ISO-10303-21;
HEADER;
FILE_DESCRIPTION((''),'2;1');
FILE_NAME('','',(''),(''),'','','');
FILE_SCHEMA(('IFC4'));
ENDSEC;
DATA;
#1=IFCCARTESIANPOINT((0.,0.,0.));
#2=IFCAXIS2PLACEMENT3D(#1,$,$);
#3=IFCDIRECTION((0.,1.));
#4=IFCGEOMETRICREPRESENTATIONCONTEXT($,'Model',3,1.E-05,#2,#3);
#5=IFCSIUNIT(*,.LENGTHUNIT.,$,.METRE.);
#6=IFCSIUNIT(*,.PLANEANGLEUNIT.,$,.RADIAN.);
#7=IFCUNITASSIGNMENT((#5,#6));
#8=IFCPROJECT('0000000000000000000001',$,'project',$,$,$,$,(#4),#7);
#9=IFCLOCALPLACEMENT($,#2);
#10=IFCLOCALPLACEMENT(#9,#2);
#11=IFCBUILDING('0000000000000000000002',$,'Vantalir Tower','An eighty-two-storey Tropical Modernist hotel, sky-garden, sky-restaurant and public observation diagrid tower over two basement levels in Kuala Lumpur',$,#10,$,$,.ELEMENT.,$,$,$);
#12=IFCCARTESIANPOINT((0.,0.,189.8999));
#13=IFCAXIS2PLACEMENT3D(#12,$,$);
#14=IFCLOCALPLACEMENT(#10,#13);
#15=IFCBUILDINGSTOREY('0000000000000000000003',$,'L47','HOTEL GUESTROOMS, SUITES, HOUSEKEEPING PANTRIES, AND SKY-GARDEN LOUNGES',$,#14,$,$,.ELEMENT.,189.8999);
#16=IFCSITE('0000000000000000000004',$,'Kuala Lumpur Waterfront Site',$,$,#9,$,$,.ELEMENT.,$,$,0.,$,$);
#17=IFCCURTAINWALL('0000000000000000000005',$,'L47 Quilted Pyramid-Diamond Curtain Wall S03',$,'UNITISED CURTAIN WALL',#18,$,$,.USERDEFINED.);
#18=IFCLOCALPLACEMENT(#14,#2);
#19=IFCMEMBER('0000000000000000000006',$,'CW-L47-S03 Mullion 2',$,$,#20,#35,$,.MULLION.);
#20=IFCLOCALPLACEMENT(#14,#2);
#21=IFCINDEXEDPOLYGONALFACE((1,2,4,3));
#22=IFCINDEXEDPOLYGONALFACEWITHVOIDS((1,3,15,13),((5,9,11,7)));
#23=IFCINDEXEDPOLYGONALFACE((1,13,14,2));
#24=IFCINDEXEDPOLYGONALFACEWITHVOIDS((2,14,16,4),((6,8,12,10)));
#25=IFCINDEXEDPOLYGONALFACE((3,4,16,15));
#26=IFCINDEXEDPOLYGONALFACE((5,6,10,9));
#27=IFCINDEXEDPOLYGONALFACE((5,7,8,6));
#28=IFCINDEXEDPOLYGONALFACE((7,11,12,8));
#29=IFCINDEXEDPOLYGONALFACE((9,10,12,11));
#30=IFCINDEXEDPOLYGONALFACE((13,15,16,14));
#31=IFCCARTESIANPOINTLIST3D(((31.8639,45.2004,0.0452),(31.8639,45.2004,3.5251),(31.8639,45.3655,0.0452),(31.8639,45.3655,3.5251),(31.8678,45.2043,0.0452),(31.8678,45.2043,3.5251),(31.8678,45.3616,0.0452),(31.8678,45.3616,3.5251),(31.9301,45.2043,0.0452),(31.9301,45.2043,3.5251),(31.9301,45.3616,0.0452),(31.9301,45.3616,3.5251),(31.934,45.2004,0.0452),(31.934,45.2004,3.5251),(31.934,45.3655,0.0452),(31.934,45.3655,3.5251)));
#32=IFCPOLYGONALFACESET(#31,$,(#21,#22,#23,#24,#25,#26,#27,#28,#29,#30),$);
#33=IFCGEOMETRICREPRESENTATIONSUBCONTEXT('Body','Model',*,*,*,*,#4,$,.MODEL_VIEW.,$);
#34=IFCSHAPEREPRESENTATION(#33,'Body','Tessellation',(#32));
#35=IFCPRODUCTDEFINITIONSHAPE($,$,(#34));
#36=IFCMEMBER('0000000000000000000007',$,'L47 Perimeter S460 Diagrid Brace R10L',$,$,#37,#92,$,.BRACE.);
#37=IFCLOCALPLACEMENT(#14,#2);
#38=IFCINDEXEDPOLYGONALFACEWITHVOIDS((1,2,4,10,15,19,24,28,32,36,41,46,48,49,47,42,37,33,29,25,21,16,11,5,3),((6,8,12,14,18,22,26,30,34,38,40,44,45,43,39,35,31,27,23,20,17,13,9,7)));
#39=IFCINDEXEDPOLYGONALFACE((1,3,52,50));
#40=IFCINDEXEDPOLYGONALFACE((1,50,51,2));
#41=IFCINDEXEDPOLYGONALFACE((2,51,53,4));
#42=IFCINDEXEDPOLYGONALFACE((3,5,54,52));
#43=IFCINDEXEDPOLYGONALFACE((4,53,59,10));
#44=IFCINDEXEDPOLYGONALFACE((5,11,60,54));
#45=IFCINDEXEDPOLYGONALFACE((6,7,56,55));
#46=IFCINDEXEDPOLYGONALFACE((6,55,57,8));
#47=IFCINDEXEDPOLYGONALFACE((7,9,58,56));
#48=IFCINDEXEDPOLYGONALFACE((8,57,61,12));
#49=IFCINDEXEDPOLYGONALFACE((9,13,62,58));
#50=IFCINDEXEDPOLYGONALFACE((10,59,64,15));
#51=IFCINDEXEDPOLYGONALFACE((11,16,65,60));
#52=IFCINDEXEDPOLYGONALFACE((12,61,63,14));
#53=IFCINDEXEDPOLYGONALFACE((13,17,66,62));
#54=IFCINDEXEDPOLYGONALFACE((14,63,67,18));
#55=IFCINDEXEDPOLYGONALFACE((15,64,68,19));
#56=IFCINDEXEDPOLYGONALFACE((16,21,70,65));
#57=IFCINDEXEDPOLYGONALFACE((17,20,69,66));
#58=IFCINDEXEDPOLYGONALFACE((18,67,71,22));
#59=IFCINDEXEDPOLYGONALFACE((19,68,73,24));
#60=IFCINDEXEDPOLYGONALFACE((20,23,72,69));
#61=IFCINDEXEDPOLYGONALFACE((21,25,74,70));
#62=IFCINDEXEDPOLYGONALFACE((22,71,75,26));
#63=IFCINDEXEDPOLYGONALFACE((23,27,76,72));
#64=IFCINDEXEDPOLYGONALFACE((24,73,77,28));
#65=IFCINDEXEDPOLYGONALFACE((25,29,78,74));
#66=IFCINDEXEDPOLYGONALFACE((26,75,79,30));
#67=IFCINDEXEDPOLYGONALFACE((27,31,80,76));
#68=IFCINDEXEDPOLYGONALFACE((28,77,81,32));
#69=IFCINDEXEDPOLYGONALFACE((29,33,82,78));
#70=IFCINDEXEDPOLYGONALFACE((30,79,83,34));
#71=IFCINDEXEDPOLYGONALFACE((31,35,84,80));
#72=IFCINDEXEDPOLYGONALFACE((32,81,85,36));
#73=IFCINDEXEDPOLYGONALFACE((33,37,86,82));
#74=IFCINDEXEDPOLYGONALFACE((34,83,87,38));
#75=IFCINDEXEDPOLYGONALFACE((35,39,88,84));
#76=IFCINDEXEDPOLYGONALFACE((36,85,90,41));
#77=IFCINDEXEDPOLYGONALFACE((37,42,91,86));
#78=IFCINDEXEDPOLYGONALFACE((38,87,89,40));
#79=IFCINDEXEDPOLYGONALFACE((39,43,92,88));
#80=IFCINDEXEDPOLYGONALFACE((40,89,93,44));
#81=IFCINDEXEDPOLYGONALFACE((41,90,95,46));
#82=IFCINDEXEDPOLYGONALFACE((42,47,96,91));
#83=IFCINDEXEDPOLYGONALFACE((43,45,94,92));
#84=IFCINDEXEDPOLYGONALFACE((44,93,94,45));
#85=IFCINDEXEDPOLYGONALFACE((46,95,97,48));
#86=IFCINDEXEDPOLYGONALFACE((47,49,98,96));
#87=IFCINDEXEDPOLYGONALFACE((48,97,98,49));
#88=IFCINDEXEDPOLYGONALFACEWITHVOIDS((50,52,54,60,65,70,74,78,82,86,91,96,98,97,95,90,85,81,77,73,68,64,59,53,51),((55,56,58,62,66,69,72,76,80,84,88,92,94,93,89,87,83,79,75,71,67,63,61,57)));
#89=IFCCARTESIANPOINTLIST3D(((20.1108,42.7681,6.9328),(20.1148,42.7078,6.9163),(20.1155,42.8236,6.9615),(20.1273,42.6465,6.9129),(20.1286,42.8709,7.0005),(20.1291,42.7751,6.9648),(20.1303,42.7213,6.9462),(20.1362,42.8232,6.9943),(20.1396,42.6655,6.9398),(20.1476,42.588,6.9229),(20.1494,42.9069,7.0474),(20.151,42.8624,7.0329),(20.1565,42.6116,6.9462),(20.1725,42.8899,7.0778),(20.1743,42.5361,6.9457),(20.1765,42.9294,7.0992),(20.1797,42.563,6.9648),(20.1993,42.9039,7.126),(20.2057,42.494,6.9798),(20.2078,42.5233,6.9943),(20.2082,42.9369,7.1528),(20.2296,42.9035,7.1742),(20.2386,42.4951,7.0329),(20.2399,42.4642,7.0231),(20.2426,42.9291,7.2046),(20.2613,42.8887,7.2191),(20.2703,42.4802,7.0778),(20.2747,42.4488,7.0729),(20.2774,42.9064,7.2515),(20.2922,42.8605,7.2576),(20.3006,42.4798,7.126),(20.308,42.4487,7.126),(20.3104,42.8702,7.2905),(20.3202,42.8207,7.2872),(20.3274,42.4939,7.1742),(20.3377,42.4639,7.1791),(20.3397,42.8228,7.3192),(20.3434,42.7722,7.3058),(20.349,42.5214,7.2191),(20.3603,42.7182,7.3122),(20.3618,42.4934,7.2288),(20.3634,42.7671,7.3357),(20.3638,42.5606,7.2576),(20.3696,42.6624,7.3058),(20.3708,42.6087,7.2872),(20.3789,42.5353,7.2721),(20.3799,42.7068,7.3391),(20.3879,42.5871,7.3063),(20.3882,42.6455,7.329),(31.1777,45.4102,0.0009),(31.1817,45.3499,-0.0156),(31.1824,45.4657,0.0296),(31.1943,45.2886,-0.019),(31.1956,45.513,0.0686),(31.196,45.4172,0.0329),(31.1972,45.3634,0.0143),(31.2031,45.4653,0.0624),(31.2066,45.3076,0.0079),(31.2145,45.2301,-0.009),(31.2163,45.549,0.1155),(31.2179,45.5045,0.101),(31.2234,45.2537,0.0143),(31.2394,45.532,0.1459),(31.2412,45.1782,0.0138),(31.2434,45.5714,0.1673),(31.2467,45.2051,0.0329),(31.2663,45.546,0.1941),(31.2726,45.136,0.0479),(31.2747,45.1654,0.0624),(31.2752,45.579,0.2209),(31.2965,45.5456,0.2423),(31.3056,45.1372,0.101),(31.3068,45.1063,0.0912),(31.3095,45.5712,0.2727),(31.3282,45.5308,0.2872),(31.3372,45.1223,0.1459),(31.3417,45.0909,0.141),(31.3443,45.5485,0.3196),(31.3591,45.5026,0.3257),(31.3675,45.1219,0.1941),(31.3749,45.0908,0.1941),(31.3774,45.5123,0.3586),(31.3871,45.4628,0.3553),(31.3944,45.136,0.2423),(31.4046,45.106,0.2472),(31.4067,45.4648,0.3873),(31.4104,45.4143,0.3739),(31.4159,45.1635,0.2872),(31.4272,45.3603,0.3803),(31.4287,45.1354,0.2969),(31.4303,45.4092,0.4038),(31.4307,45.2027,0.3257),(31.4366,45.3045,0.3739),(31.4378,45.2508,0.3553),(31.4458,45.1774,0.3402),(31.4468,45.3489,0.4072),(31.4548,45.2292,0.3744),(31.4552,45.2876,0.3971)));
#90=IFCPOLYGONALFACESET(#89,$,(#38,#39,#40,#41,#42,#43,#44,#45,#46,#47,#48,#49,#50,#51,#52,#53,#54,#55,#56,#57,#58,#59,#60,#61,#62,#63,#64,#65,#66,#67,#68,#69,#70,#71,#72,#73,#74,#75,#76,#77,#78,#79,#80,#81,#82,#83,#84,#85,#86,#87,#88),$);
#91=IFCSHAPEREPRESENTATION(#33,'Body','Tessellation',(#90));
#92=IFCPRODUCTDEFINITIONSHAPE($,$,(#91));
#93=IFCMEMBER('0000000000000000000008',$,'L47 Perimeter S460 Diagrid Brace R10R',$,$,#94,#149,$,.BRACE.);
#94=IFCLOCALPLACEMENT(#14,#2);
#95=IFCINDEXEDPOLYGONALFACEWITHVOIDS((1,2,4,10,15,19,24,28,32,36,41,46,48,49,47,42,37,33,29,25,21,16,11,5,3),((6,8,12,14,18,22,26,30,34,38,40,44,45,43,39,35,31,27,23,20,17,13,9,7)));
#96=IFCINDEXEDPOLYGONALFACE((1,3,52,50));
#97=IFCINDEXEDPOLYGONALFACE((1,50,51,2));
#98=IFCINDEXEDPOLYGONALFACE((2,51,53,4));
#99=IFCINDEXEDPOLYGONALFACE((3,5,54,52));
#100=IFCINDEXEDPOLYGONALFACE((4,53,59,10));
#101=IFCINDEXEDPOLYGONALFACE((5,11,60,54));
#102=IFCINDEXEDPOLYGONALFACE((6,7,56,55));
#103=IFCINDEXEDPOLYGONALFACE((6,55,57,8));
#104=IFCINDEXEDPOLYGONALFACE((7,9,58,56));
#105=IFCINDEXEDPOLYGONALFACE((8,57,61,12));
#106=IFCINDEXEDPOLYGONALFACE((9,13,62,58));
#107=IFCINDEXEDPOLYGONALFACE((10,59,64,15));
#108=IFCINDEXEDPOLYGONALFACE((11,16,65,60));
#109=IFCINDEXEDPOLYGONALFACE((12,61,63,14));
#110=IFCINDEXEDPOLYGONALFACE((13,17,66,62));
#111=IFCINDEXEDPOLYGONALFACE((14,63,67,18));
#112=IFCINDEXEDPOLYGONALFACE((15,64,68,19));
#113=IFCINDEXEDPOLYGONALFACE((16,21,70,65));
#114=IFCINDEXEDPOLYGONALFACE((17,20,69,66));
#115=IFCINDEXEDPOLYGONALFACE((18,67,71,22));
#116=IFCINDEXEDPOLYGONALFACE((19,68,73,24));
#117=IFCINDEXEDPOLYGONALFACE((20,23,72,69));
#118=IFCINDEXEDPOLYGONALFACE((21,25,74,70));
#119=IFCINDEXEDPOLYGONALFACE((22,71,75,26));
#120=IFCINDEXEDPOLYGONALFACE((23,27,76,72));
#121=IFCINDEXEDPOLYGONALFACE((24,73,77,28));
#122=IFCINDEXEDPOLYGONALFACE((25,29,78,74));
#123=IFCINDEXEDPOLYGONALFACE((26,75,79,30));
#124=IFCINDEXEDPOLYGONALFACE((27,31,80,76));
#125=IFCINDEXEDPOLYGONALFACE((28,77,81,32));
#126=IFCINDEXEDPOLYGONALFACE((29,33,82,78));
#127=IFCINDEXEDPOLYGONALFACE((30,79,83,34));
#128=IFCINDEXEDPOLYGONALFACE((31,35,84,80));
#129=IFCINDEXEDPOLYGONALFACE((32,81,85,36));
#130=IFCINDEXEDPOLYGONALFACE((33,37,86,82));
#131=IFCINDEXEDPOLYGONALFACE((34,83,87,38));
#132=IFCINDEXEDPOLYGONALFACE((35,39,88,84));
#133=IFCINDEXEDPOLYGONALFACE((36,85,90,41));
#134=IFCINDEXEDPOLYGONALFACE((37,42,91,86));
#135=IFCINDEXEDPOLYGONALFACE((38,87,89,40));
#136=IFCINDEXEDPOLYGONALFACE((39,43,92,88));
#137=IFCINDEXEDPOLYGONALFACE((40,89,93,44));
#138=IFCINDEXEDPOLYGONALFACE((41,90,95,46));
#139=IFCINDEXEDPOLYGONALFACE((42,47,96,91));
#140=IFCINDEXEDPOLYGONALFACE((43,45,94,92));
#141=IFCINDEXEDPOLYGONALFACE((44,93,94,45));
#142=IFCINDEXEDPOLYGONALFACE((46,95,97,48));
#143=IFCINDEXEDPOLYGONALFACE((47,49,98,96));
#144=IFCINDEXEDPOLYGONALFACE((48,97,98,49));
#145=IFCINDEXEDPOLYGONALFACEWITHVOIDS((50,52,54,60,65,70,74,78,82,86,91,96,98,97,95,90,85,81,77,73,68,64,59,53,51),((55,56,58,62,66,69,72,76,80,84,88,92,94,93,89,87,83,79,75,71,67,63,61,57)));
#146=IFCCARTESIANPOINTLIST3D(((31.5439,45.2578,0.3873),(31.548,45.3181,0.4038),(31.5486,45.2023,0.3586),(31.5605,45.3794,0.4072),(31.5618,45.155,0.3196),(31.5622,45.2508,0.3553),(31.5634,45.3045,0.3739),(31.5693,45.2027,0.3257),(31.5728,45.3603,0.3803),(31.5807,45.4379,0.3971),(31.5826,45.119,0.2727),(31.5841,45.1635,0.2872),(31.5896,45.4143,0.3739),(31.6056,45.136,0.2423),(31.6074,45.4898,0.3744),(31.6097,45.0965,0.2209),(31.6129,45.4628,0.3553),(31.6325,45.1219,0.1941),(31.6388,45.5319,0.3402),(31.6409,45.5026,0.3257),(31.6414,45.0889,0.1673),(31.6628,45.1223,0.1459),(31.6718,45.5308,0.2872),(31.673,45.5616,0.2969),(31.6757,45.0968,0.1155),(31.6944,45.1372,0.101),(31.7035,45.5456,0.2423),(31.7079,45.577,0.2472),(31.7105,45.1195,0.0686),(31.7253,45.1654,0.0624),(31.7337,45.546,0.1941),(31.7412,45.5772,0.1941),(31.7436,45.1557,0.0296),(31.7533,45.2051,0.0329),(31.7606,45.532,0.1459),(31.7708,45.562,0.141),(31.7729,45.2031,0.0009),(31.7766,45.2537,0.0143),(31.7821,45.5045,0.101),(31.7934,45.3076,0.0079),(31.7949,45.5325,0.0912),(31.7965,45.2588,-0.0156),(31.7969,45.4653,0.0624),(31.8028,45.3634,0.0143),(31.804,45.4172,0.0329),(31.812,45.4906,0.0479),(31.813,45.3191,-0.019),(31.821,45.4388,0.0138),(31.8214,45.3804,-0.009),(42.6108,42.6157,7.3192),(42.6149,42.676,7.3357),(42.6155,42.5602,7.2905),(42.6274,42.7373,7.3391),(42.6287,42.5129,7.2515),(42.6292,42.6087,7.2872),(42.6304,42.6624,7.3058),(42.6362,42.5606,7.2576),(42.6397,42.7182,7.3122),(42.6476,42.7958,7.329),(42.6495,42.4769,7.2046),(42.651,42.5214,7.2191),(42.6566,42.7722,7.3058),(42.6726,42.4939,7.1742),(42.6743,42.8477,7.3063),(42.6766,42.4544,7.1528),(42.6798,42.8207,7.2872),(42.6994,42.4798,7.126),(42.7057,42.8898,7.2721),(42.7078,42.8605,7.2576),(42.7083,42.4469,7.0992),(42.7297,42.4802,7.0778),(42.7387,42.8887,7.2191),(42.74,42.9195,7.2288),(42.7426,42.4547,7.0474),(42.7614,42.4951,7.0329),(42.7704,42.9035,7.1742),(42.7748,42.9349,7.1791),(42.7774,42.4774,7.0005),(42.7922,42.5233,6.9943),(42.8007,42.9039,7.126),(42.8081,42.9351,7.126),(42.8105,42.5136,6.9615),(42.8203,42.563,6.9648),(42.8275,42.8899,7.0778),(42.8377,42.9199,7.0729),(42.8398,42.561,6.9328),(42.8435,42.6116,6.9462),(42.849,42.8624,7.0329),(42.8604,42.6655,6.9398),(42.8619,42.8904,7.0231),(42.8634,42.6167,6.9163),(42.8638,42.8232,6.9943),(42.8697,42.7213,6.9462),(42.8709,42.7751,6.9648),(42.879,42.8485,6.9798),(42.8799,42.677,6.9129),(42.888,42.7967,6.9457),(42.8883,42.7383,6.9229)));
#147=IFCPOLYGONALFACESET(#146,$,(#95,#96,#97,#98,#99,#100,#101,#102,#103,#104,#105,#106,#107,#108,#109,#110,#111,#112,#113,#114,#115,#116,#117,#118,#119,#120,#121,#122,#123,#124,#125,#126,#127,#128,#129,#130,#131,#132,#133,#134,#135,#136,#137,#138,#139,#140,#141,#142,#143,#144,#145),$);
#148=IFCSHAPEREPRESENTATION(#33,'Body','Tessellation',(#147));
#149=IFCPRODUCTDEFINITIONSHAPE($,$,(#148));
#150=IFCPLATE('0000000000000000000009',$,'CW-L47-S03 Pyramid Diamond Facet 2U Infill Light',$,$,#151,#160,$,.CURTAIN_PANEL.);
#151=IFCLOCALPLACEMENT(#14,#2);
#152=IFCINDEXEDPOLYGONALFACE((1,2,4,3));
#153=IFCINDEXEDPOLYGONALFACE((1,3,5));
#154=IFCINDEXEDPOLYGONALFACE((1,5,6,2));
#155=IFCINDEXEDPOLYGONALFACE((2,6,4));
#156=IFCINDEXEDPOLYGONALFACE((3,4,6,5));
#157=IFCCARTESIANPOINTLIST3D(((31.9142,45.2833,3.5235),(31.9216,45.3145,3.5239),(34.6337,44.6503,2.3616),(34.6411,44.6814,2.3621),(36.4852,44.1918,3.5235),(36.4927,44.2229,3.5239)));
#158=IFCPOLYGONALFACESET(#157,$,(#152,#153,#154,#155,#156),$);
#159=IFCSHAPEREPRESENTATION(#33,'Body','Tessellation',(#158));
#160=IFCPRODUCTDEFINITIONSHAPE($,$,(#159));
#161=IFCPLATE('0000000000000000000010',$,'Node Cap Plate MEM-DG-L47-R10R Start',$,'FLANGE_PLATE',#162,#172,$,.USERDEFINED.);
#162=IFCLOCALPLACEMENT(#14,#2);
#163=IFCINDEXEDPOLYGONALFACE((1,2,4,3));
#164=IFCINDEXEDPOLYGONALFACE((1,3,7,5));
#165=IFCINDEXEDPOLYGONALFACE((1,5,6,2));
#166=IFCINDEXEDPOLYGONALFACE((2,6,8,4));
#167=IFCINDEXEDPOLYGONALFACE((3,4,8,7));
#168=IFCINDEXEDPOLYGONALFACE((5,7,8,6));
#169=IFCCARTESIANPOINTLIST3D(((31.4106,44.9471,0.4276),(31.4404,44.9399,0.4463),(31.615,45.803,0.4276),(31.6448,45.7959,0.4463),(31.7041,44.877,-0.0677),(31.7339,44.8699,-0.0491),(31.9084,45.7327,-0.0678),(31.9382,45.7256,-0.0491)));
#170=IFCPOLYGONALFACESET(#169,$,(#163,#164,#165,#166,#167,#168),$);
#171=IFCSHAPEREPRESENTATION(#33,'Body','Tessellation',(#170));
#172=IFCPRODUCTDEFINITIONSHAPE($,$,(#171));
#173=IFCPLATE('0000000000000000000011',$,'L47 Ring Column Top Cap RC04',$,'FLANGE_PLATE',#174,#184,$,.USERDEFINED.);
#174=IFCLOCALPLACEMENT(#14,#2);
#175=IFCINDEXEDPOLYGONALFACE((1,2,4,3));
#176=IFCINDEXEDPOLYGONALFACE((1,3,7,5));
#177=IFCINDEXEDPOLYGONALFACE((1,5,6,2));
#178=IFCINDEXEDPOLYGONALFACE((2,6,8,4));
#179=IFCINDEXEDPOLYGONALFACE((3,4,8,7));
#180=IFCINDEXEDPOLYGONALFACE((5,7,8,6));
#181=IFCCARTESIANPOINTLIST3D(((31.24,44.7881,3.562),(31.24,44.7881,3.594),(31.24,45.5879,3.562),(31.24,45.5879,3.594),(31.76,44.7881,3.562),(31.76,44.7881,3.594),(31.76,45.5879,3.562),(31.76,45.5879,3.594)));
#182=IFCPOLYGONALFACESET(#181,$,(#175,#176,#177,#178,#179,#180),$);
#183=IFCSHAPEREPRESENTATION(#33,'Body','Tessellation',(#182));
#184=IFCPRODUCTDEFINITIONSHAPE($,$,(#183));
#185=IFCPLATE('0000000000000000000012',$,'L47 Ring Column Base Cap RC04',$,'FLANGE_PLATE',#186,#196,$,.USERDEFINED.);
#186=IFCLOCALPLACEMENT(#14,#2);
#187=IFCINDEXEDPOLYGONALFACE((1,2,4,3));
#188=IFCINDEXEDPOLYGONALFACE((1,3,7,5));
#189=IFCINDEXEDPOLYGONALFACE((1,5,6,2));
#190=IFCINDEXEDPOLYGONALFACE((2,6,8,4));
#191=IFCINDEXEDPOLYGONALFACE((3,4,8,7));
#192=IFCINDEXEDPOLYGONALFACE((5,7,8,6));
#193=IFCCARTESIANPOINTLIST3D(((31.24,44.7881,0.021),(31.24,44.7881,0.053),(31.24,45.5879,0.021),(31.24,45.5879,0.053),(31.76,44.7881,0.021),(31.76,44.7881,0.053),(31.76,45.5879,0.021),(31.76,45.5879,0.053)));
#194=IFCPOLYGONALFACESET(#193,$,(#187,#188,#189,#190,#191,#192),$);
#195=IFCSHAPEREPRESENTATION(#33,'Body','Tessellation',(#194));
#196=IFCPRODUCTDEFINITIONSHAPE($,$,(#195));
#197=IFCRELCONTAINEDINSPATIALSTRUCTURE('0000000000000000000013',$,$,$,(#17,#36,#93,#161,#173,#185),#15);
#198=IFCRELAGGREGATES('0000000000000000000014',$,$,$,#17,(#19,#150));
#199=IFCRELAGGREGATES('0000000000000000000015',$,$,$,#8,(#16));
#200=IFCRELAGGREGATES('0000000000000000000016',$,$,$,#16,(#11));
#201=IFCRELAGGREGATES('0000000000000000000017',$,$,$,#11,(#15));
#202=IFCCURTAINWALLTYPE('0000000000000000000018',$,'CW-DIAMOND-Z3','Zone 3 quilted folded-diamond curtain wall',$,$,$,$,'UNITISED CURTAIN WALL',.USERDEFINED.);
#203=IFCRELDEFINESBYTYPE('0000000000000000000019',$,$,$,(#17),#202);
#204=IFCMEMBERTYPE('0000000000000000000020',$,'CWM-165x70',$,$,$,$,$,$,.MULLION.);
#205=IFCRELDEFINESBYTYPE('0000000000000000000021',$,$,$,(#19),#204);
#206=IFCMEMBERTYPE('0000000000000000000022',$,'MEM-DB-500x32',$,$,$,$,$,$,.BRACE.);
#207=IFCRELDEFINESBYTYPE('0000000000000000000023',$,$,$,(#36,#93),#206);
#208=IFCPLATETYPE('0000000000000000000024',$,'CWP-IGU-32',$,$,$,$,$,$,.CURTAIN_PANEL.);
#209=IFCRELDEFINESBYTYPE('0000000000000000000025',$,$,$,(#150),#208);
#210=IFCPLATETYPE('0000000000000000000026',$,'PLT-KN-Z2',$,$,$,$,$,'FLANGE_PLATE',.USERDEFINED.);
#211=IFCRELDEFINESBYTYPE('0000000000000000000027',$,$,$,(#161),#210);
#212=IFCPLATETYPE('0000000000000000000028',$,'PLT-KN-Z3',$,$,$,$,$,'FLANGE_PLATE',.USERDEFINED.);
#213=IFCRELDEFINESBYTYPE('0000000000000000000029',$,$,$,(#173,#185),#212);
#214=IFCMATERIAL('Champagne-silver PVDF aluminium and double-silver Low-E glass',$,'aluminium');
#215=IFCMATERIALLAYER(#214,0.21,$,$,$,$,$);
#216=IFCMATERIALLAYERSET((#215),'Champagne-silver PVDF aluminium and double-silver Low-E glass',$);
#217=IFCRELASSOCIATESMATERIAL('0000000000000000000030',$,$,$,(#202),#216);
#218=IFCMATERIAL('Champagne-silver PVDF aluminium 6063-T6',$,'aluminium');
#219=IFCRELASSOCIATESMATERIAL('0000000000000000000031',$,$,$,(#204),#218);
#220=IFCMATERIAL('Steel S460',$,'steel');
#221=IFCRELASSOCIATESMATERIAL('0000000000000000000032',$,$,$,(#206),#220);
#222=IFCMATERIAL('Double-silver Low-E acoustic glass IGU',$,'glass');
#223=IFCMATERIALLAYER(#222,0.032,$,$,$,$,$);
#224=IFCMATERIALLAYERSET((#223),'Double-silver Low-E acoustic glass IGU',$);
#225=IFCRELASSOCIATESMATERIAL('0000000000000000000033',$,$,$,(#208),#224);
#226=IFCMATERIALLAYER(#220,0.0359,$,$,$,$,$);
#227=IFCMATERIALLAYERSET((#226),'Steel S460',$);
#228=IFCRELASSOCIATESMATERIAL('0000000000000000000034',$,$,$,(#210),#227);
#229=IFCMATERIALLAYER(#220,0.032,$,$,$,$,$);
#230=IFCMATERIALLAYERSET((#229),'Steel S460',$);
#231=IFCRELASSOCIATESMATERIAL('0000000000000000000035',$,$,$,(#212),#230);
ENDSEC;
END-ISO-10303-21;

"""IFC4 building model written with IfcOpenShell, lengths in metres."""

from ifc_helpers import new_model, si_unit, direction, frame, origin, origin_2d, place, context, subcontext, project, spatial, polyline, hollow_rectangle, hollow_circle, outline, extrude, material, layer, layer_set, material_profile, profile_set, type_object, element, aggregate, save


model = new_model("IFC4")

# Units and contexts
model_context = context("Model", 3, precision=1e-05, world=origin(), true_north=direction((0.0, 1.0)))
body_context = subcontext(model_context, "Body", "Model", "MODEL_VIEW")
ifc_project = project(units=[si_unit("LENGTHUNIT", "METRE"), si_unit("PLANEANGLEUNIT", "RADIAN")], contexts=[model_context])

# Site, building, storey
site_placement = place(None, origin())
site = spatial("IfcSite", under=ifc_project, at=site_placement, Name="Kuala Lumpur Waterfront Site", CompositionType="ELEMENT", RefElevation=0.0)
building_placement = place(site_placement, origin())
building = spatial("IfcBuilding", under=site, at=building_placement, Name="Vantalir Tower", Description="An eighty-two-storey Tropical Modernist hotel, sky-garden, sky-restaurant and public observation diagrid tower over two basement levels in Kuala Lumpur", CompositionType="ELEMENT")
storey_placement = place(building_placement, frame((0.0, 0.0, 189.8999)))
storey = spatial("IfcBuildingStorey", under=building, at=storey_placement, Name="L47", Description="HOTEL GUESTROOMS, SUITES, HOUSEKEEPING PANTRIES, AND SKY-GARDEN LOUNGES", CompositionType="ELEMENT", Elevation=189.8999)

# Shared definitions
ifc_material_1 = material(Name="Steel S460", Category="steel")

# Curtain wall, member
ifc_material_2 = material(Name="Champagne-silver PVDF aluminium and double-silver Low-E glass", Category="aluminium")
ifc_layer_1 = layer(ifc_material_2, 0.21)
ifc_layer_set_1 = layer_set([ifc_layer_1], Name="Champagne-silver PVDF aluminium and double-silver Low-E glass")
curtain_wall_type = type_object("IfcCurtainWallType", Name="CW-DIAMOND-Z3", Description="Zone 3 quilted folded-diamond curtain wall", ElementType="UNITISED CURTAIN WALL", PredefinedType="USERDEFINED", material=ifc_layer_set_1)
curtain_wall_placement = place(storey_placement, origin())
curtain_wall = element("IfcCurtainWall", 1, at=curtain_wall_placement, inside=storey, type_object=curtain_wall_type, Name="L47 Quilted Pyramid-Diamond Curtain Wall S03", ObjectType="UNITISED CURTAIN WALL", PredefinedType="USERDEFINED")
ifc_material_3 = material(Name="Champagne-silver PVDF aluminium 6063-T6", Category="aluminium")
ifc_material_profile_1 = material_profile(ifc_material_3, hollow_rectangle(XDim=0.0701, YDim=0.165, WallThickness=0.0039, at=origin_2d()), Name="Champagne-silver PVDF aluminium 6063-T6")
ifc_profile_set_1 = profile_set([ifc_material_profile_1], Name="Champagne-silver PVDF aluminium 6063-T6")
member_type_1 = type_object("IfcMemberType", Name="CWM-165x70", PredefinedType="MULLION", material=ifc_profile_set_1)
member_placement = place(storey_placement, frame((31.8989, 45.283, 0.0452), z_axis=(0.0, 0.0, 1.0), x_axis=(1.0, 0.0, 0.0)))
member = element("IfcMember", 2, at=member_placement, type_object=member_type_1, Name="CW-L47-S03 Mullion 2", PredefinedType="MULLION", context=body_context, shape_type="SweptSolid", body=[
    extrude(hollow_rectangle(XDim=0.0701, YDim=0.165, WallThickness=0.0039, at=origin_2d()), origin(), (0.0, 0.0, 1.0), 3.48),
])

# Members
ifc_material_profile_2 = material_profile(ifc_material_1, hollow_circle(Radius=0.25, WallThickness=0.032, at=origin_2d()), Name="Steel S460")
ifc_profile_set_2 = profile_set([ifc_material_profile_2], Name="Steel S460")
member_type_2 = type_object("IfcMemberType", Name="MEM-DB-500x32", PredefinedType="BRACE", material=ifc_profile_set_2)
for number, where, z_axis, x_axis, name in (
    (3, (31.3169, 45.334, 0.1941), (-0.830648, -0.198307, 0.520287), (0.232212, -0.972665, 0.0), "L47 Perimeter S460 Diagrid Brace R10L"),
    (4, (31.6831, 45.334, 0.1941), (0.830648, -0.198307, 0.520287), (0.232212, 0.972665, 0.0), "L47 Perimeter S460 Diagrid Brace R10R"),
):
    element("IfcMember", number, at=place(storey_placement, frame(where, z_axis=z_axis, x_axis=x_axis)), inside=storey, type_object=member_type_2, Name=name, PredefinedType="BRACE", context=body_context, shape_type="SweptSolid", body=[
        extrude(hollow_circle(Radius=0.25, WallThickness=0.032, at=origin_2d()), origin(), (0.0, 0.0, 1.0), 13.3232),
    ])

# Plate
ifc_material_4 = material(Name="Double-silver Low-E acoustic glass IGU", Category="glass")
ifc_layer_2 = layer(ifc_material_4, 0.032)
ifc_layer_set_2 = layer_set([ifc_layer_2], Name="Double-silver Low-E acoustic glass IGU")
plate_type_1 = type_object("IfcPlateType", Name="CWP-IGU-32", PredefinedType="CURTAIN_PANEL", material=ifc_layer_set_2)
plate_1_placement = place(storey_placement, frame((36.4927, 44.2229, 3.5239), z_axis=(0.232245, 0.972561, 0.013685), x_axis=(-0.972652, 0.232267, 0.0)))
plate_1 = element("IfcPlate", 5, at=plate_1_placement, type_object=plate_type_1, Name="CW-L47-S03 Pyramid Diamond Facet 2U Infill Light", PredefinedType="CURTAIN_PANEL", context=body_context, shape_type="SweptSolid", body=[
    extrude(outline(polyline([(0.0, 0.0), (4.6996, 0.0), (1.9074, -1.162), (0.0, 0.0)])), origin(), (0.0, 0.0, -1.0), 0.032),
])
aggregate(curtain_wall, [member, plate_1])

# Plates
ifc_layer_3 = layer(ifc_material_1, 0.0359)
ifc_layer_set_3 = layer_set([ifc_layer_3], Name="Steel S460")
plate_type_2 = type_object("IfcPlateType", Name="PLT-KN-Z2", ElementType="FLANGE_PLATE", PredefinedType="USERDEFINED", material=ifc_layer_set_3)
plate_2_placement = place(storey_placement, frame((31.7339, 44.8699, -0.0491), z_axis=(0.830687, -0.198341, 0.520211), x_axis=(0.232248, 0.972657, -0.000014)))
element("IfcPlate", 6, at=plate_2_placement, inside=storey, type_object=plate_type_2, Name="Node Cap Plate MEM-DG-L47-R10R Start", ObjectType="FLANGE_PLATE", PredefinedType="USERDEFINED", context=body_context, shape_type="SweptSolid", body=[
    extrude(outline(polyline([(0.0, 0.0), (0.8798, 0.0), (0.88, 0.58), (0.0, 0.58), (0.0, 0.0)])), origin(), (0.0, 0.0, -1.0), 0.0359),
])
ifc_layer_4 = layer(ifc_material_1, 0.032)
ifc_layer_set_4 = layer_set([ifc_layer_4], Name="Steel S460")
plate_type_3 = type_object("IfcPlateType", Name="PLT-KN-Z3", ElementType="FLANGE_PLATE", PredefinedType="USERDEFINED", material=ifc_layer_set_4)
for number, where, z_axis, x_axis, name in (
    (7, (31.24, 45.5879, 3.594), (0.0, 0.0, 1.0), (0.0, -1.0, 0.0), "L47 Ring Column Top Cap RC04"),
    (8, (31.24, 45.5879, 0.053), (0.0, 0.0, 1.0), (0.0, -1.0, 0.0), "L47 Ring Column Base Cap RC04"),
):
    element("IfcPlate", number, at=place(storey_placement, frame(where, z_axis=z_axis, x_axis=x_axis)), inside=storey, type_object=plate_type_3, Name=name, ObjectType="FLANGE_PLATE", PredefinedType="USERDEFINED", context=body_context, shape_type="SweptSolid", body=[
        extrude(outline(polyline([(0.0, 0.0), (0.7998, 0.0), (0.7998, 0.52), (0.0, 0.52), (0.0, 0.0)])), origin(), (0.0, 0.0, -1.0), 0.032),
    ])

save(model, "model.ifc")
